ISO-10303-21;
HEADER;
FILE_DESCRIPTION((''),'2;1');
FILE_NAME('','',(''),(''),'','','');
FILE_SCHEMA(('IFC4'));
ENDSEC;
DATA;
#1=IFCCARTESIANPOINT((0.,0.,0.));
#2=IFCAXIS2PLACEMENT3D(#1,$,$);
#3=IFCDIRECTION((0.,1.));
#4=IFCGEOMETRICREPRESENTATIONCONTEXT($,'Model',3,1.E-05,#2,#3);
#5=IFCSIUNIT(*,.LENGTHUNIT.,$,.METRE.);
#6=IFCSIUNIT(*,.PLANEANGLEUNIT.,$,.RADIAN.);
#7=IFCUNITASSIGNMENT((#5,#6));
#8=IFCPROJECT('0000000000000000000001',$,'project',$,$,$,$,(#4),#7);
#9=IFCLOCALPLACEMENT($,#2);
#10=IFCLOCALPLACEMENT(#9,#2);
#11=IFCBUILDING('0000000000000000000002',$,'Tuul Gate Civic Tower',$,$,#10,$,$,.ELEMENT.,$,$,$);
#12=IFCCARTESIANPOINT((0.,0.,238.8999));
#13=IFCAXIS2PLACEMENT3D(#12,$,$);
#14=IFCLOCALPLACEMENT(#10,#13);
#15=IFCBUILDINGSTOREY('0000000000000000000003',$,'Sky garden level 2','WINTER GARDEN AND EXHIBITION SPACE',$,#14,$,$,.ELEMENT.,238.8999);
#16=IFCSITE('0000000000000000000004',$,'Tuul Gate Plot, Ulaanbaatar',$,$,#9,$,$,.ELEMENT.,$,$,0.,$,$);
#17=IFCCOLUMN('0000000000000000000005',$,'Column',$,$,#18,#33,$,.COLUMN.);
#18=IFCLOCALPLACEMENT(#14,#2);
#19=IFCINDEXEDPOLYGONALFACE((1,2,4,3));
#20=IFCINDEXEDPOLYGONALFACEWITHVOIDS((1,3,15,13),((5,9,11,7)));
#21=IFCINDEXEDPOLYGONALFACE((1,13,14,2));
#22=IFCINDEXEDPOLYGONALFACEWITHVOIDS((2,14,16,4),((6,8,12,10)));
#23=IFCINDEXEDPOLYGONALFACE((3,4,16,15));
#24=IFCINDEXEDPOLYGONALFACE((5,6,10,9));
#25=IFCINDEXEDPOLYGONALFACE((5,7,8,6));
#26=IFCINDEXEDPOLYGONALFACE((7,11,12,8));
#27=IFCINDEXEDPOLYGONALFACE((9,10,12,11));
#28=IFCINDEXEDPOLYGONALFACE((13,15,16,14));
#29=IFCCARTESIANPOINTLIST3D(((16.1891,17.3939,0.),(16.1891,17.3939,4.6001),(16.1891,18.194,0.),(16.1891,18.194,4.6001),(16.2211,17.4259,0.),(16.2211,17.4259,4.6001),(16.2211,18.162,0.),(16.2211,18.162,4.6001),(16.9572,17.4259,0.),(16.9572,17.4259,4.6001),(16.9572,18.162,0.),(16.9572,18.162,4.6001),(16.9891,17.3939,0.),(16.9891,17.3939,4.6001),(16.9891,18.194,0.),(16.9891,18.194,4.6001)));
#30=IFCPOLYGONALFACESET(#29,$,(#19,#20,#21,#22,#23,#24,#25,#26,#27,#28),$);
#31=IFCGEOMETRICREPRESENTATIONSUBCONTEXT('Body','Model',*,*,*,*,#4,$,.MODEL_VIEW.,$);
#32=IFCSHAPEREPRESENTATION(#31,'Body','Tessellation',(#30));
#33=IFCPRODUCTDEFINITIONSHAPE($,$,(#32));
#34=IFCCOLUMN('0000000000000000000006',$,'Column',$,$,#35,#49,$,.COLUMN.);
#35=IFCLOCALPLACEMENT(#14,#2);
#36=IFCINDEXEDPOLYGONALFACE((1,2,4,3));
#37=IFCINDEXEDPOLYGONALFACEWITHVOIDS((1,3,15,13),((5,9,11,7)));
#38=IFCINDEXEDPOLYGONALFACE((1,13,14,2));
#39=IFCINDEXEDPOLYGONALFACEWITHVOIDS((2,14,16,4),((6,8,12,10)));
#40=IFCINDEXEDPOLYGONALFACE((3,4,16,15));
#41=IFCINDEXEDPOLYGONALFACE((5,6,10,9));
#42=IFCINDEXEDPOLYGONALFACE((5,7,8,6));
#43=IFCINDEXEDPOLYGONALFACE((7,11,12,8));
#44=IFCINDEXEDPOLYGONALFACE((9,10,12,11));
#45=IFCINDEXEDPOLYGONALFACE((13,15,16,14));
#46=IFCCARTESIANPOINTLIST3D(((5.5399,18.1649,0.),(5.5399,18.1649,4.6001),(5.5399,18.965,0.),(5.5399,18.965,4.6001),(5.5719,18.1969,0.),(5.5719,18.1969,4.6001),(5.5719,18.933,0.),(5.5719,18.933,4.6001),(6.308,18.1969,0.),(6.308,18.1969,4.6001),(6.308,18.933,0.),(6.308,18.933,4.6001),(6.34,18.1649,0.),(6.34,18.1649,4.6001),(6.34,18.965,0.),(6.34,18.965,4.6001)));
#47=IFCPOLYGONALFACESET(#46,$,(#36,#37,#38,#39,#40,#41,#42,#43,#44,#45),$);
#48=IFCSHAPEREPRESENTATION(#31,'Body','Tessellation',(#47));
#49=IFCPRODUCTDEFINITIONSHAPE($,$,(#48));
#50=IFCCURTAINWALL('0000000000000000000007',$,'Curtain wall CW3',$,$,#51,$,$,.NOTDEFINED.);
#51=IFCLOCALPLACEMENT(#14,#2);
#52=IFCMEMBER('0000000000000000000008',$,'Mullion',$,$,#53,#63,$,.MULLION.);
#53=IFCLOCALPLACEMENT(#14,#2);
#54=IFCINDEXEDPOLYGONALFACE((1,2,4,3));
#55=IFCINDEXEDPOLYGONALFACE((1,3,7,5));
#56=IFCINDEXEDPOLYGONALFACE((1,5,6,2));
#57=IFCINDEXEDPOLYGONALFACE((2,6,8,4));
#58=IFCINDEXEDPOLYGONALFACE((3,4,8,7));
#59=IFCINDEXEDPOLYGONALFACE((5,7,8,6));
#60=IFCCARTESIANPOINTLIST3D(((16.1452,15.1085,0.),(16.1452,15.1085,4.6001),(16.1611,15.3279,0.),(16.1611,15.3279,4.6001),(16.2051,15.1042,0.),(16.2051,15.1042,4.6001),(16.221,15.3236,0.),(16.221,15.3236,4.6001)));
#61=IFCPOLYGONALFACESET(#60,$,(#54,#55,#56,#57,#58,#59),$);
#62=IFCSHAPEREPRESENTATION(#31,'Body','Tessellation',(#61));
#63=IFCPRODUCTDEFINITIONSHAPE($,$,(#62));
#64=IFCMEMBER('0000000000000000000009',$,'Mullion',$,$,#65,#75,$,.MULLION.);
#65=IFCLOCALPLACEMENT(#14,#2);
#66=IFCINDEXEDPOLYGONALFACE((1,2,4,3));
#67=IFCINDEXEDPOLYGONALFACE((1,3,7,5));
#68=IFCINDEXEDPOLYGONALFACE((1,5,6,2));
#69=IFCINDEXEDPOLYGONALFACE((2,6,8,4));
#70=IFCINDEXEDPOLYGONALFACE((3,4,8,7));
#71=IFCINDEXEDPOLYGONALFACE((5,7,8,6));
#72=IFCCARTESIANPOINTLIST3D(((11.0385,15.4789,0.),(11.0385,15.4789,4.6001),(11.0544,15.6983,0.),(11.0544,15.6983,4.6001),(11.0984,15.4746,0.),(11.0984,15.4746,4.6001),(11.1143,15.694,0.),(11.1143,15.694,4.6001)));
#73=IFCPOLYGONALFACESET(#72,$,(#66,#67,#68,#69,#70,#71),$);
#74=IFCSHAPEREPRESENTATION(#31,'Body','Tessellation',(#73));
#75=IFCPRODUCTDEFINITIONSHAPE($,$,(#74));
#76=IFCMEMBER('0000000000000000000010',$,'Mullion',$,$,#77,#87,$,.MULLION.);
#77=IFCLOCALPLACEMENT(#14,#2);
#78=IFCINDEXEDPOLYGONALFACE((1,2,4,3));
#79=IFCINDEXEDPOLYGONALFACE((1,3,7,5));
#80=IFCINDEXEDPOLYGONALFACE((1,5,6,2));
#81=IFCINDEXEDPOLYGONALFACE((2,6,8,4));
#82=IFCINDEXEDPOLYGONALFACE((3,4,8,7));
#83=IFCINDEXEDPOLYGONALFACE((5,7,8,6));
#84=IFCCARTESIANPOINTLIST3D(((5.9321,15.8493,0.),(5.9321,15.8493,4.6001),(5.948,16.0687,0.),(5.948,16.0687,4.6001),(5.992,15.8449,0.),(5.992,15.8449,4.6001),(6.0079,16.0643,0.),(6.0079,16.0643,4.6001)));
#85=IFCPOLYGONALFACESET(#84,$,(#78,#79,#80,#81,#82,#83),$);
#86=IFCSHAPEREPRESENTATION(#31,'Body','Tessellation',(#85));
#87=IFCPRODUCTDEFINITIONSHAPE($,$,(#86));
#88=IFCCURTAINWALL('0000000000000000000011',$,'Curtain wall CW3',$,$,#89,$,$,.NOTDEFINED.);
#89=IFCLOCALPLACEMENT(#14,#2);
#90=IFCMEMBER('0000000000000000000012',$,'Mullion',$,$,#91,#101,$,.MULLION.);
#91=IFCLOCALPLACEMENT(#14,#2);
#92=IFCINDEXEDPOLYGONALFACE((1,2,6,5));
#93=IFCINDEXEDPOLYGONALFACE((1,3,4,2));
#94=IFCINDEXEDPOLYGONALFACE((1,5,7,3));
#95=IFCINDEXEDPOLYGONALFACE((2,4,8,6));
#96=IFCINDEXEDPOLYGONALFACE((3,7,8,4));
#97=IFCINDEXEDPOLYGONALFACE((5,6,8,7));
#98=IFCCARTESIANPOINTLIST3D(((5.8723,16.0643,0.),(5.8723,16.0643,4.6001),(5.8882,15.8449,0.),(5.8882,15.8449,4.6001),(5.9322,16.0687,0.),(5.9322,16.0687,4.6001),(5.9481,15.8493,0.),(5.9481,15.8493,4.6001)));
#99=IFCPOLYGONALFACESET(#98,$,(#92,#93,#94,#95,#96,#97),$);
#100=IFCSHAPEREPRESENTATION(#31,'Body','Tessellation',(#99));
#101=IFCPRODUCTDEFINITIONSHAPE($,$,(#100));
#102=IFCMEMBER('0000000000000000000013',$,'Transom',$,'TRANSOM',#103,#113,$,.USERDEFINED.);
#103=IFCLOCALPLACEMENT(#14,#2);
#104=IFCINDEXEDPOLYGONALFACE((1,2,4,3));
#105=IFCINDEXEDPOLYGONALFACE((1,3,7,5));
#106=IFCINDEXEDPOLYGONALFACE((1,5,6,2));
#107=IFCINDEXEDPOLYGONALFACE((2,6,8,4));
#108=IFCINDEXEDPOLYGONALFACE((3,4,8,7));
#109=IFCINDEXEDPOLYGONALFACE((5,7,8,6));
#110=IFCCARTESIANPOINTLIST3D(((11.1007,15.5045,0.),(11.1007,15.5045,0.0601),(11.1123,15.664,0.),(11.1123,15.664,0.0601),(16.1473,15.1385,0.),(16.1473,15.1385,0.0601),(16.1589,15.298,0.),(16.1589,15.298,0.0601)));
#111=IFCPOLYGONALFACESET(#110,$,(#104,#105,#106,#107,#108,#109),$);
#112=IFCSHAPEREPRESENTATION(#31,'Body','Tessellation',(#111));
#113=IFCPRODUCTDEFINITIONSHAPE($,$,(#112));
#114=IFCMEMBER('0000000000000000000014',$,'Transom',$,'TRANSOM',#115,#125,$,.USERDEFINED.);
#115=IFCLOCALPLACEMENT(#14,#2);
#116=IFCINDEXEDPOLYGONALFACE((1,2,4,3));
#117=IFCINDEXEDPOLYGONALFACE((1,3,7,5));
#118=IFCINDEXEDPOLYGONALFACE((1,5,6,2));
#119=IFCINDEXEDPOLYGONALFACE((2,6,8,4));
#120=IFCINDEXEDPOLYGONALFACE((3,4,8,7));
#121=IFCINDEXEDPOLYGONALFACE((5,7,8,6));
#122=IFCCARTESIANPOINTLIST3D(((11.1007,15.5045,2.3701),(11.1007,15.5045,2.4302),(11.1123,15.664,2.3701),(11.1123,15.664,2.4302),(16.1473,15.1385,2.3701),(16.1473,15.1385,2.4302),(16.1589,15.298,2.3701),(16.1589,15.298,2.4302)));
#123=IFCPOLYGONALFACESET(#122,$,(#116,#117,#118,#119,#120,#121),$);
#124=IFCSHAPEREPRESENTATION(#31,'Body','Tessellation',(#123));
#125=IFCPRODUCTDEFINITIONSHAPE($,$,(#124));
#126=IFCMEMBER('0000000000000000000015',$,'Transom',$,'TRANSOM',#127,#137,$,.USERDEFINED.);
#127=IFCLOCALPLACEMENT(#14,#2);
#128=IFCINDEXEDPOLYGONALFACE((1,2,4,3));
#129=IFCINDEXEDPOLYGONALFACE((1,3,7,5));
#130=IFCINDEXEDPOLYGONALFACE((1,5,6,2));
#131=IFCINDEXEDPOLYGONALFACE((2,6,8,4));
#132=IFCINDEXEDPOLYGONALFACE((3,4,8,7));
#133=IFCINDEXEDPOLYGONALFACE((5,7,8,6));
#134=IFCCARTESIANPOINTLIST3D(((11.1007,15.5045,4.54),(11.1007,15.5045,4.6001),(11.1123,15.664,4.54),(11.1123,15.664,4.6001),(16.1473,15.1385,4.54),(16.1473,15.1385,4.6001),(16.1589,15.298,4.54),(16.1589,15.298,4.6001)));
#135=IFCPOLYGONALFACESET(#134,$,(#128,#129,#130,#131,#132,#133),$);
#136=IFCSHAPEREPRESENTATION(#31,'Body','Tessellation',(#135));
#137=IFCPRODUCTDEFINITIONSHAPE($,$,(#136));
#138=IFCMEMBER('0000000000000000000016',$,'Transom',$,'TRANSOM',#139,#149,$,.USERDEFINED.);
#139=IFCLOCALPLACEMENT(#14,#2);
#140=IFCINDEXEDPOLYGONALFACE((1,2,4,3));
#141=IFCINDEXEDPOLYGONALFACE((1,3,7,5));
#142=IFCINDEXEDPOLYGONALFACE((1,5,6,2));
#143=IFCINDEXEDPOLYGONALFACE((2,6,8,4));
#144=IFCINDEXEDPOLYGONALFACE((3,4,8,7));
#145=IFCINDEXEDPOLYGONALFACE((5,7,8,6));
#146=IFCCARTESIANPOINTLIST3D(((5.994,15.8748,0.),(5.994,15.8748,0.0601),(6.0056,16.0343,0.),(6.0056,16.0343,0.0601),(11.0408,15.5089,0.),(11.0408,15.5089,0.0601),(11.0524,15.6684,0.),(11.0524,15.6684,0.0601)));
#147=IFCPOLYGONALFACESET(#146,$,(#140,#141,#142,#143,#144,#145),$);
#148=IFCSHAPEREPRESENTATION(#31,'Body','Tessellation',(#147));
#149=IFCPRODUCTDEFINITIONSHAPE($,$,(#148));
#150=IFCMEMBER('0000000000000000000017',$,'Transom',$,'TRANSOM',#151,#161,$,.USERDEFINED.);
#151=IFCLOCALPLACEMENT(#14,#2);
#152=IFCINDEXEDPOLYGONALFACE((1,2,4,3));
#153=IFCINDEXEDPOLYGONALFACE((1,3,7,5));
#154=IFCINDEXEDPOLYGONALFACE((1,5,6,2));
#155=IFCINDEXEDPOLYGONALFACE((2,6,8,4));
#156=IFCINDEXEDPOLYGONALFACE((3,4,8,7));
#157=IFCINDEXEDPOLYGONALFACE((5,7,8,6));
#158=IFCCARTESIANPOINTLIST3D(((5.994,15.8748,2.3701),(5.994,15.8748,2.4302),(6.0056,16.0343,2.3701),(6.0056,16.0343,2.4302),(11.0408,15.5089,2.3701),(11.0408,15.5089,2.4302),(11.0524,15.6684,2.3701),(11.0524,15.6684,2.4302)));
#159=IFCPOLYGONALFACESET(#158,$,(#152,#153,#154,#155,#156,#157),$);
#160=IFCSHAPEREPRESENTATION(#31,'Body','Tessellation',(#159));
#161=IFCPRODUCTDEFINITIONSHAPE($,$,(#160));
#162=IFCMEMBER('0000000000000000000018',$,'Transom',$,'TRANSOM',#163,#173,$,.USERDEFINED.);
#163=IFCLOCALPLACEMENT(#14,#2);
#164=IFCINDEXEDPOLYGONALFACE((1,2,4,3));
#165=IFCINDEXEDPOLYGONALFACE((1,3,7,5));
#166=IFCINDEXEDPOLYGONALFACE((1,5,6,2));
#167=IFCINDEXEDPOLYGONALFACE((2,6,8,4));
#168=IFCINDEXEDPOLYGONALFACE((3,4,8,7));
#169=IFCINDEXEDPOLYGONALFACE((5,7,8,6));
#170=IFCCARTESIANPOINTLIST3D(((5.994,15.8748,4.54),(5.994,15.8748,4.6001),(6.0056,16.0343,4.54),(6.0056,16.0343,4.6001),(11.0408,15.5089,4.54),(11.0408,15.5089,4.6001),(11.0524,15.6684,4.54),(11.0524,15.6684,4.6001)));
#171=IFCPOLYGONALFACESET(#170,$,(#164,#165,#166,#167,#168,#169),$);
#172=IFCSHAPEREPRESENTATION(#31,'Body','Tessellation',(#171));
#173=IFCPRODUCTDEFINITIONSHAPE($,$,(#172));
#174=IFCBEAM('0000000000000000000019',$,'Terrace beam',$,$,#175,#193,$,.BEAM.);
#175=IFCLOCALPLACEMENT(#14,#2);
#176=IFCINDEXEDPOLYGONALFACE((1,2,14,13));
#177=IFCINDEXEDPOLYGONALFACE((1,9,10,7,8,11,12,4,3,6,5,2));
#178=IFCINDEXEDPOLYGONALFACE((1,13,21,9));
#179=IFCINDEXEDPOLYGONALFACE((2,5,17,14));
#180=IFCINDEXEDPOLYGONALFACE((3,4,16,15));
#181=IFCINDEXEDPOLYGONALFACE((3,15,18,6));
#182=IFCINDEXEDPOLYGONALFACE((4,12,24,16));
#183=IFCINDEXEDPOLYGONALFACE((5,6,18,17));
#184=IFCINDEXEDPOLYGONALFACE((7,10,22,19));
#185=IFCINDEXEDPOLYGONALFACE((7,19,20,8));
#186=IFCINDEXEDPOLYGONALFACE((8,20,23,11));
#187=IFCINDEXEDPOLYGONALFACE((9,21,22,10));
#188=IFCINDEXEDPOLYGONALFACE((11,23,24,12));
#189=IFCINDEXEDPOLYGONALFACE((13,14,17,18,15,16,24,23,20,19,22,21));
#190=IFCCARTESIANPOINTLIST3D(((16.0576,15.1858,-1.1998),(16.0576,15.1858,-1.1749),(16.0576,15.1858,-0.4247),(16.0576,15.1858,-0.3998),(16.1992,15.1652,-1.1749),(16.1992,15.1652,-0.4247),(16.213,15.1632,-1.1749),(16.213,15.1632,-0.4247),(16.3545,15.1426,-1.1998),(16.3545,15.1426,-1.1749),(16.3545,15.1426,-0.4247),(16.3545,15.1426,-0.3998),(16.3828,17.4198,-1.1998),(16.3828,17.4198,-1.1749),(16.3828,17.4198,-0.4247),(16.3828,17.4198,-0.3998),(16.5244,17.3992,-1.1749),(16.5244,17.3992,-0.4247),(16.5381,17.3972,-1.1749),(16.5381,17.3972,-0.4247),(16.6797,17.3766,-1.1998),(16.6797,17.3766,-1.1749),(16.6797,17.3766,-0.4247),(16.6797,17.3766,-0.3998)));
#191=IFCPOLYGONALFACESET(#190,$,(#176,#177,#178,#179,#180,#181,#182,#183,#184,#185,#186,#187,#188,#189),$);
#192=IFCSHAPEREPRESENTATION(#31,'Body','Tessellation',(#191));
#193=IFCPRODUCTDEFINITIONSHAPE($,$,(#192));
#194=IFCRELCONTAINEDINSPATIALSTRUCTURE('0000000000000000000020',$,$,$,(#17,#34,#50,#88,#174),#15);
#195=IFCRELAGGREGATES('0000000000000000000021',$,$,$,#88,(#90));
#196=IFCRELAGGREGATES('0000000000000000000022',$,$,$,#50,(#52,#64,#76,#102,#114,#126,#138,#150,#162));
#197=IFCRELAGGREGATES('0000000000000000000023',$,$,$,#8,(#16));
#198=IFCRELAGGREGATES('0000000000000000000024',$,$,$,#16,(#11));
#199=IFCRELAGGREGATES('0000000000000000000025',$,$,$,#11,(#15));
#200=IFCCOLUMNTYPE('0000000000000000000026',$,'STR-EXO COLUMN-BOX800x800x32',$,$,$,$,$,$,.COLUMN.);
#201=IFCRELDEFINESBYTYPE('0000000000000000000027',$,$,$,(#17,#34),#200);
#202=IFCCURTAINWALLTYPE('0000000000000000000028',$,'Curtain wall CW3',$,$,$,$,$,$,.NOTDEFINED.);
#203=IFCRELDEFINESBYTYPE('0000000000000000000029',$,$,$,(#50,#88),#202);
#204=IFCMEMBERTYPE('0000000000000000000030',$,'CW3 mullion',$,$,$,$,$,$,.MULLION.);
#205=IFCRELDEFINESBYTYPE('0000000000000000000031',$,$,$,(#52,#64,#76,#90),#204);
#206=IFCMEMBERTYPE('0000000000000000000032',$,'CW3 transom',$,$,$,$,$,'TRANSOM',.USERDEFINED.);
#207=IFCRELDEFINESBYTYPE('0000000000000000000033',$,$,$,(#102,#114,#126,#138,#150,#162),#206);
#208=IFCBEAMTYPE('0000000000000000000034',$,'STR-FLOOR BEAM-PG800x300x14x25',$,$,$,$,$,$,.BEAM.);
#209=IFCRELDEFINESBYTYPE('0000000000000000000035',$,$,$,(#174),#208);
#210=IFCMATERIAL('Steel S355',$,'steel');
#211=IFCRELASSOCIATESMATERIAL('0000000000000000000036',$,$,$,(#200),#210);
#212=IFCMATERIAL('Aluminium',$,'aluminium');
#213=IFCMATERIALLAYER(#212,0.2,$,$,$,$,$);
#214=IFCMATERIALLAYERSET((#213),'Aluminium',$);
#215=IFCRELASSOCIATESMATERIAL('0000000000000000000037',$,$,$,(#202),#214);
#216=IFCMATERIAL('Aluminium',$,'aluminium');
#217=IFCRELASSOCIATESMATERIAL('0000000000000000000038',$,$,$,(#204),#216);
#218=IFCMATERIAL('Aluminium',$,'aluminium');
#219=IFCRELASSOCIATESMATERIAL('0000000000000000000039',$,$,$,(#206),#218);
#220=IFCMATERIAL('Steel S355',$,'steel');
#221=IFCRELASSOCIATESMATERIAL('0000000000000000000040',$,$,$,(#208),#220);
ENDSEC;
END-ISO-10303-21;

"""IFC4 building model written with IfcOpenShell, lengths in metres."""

from ifc_helpers import new_model, si_unit, direction, frame, origin, origin_2d, place, context, subcontext, project, spatial, rectangle, hollow_rectangle, i_section, extrude, material, layer, layer_set, material_profile, profile_set, type_object, element, aggregate, save


model = new_model("IFC4")

# Units and contexts
model_context = context("Model", 3, precision=1e-05, world=origin(), true_north=direction((0.0, 1.0)))
body_context = subcontext(model_context, "Body", "Model", "MODEL_VIEW")
ifc_project = project(units=[si_unit("LENGTHUNIT", "METRE"), si_unit("PLANEANGLEUNIT", "RADIAN")], contexts=[model_context])

# Site, building, storey
site_placement = place(None, origin())
site = spatial("IfcSite", under=ifc_project, at=site_placement, Name="Tuul Gate Plot, Ulaanbaatar", CompositionType="ELEMENT", RefElevation=0.0)
building_placement = place(site_placement, origin())
building = spatial("IfcBuilding", under=site, at=building_placement, Name="Tuul Gate Civic Tower", CompositionType="ELEMENT")
storey_placement = place(building_placement, frame((0.0, 0.0, 238.8999)))
storey = spatial("IfcBuildingStorey", under=building, at=storey_placement, Name="Sky garden level 2", Description="WINTER GARDEN AND EXHIBITION SPACE", CompositionType="ELEMENT", Elevation=238.8999)

# Columns
ifc_material_1 = material(Name="Steel S355", Category="steel")
ifc_material_profile_1 = material_profile(ifc_material_1, hollow_rectangle(XDim=0.8, YDim=0.8, WallThickness=0.032, at=origin_2d()), Name="BOX800x800x32")
ifc_profile_set_1 = profile_set([ifc_material_profile_1], Name="Steel S355")
column_type = type_object("IfcColumnType", Name="STR-EXO COLUMN-BOX800x800x32", PredefinedType="COLUMN", material=ifc_profile_set_1)
for number, where, z_axis, x_axis, name in (
    (1, (16.5891, 17.7939, 0.0), (0.0, 0.0, 1.0), (1.0, 0.0, 0.0), "Column"),
    (2, (5.9399, 18.5649, 0.0), (0.0, 0.0, 1.0), (1.0, 0.0, 0.0), "Column"),
):
    element("IfcColumn", number, at=place(storey_placement, frame(where, z_axis=z_axis, x_axis=x_axis)), inside=storey, type_object=column_type, Name=name, PredefinedType="COLUMN", context=body_context, shape_type="SweptSolid", body=[
        extrude(hollow_rectangle(XDim=0.8, YDim=0.8, WallThickness=0.032, at=origin_2d()), origin(), (0.0, 0.0, 1.0), 4.6001),
    ])

# Curtain wall, members
ifc_material_2 = material(Name="Aluminium", Category="aluminium")
ifc_layer_1 = layer(ifc_material_2, 0.2)
ifc_layer_set_1 = layer_set([ifc_layer_1], Name="Aluminium")
curtain_wall_type = type_object("IfcCurtainWallType", Name="Curtain wall CW3", PredefinedType="NOTDEFINED", material=ifc_layer_set_1)
curtain_wall_1_placement = place(storey_placement, origin())
curtain_wall_1 = element("IfcCurtainWall", 3, at=curtain_wall_1_placement, inside=storey, type_object=curtain_wall_type, Name="Curtain wall CW3", PredefinedType="NOTDEFINED")
ifc_material_3 = material(Name="Aluminium", Category="aluminium")
ifc_material_profile_2 = material_profile(ifc_material_3, rectangle(XDim=0.22, YDim=0.0601, at=origin_2d()), Name="CW3 mullion")
ifc_profile_set_2 = profile_set([ifc_material_profile_2], Name="Aluminium")
member_type_1 = type_object("IfcMemberType", Name="CW3 mullion", PredefinedType="MULLION", material=ifc_profile_set_2)
member_1_placement = place(storey_placement, frame((16.1831, 15.2161, 0.0), z_axis=(0.0, 0.0, 1.0), x_axis=(-0.07233, -0.997381, 0.0)))
member_1 = element("IfcMember", 4, at=member_1_placement, type_object=member_type_1, Name="Mullion", PredefinedType="MULLION", context=body_context, shape_type="SweptSolid", body=[
    extrude(rectangle(XDim=0.22, YDim=0.0601, at=origin_2d()), origin(), (0.0, 0.0, 1.0), 4.6001),
])
member_2_placement = place(storey_placement, frame((11.0764, 15.5864, 0.0), z_axis=(0.0, 0.0, 1.0), x_axis=(-0.07233, -0.997381, 0.0)))
member_2 = element("IfcMember", 5, at=member_2_placement, type_object=member_type_1, Name="Mullion", PredefinedType="MULLION", context=body_context, shape_type="SweptSolid", body=[
    extrude(rectangle(XDim=0.22, YDim=0.0601, at=origin_2d()), origin(), (0.0, 0.0, 1.0), 4.6001),
])
member_3_placement = place(storey_placement, frame((5.97, 15.9568, 0.0), z_axis=(0.0, 0.0, 1.0), x_axis=(-0.07233, -0.997381, 0.0)))
member_3 = element("IfcMember", 6, at=member_3_placement, type_object=member_type_1, Name="Mullion", PredefinedType="MULLION", context=body_context, shape_type="SweptSolid", body=[
    extrude(rectangle(XDim=0.22, YDim=0.0601, at=origin_2d()), origin(), (0.0, 0.0, 1.0), 4.6001),
])

# Curtain wall, member
curtain_wall_2_placement = place(storey_placement, origin())
curtain_wall_2 = element("IfcCurtainWall", 7, at=curtain_wall_2_placement, inside=storey, type_object=curtain_wall_type, Name="Curtain wall CW3", PredefinedType="NOTDEFINED")
member_4_placement = place(storey_placement, frame((5.9102, 15.9568, 0.0), z_axis=(0.0, 0.0, 1.0), x_axis=(0.072323, -0.997381, 0.0)))
member_4 = element("IfcMember", 8, at=member_4_placement, type_object=member_type_1, Name="Mullion", PredefinedType="MULLION", context=body_context, shape_type="SweptSolid", body=[
    extrude(rectangle(XDim=0.22, YDim=0.0601, at=origin_2d()), origin(), (0.0, 0.0, 1.0), 4.6001),
])
aggregate(curtain_wall_2, [member_4])

# Members
ifc_material_4 = material(Name="Aluminium", Category="aluminium")
ifc_material_profile_3 = material_profile(ifc_material_4, rectangle(XDim=0.1599, YDim=0.0601, at=origin_2d()), Name="CW3 transom")
ifc_profile_set_3 = profile_set([ifc_material_profile_3], Name="Aluminium")
member_type_2 = type_object("IfcMemberType", Name="CW3 transom", ElementType="TRANSOM", PredefinedType="USERDEFINED", material=ifc_profile_set_3)
member_5_placement = place(storey_placement, frame((16.1531, 15.2183, 0.03), z_axis=(-0.997381, 0.072327, 0.0), x_axis=(-0.072327, -0.997381, 0.0)))
member_5 = element("IfcMember", 9, at=member_5_placement, type_object=member_type_2, Name="Transom", ObjectType="TRANSOM", PredefinedType="USERDEFINED", context=body_context, shape_type="SweptSolid", body=[
    extrude(rectangle(XDim=0.1599, YDim=0.0601, at=origin_2d()), origin(), (0.0, 0.0, 1.0), 5.0598),
])
member_6_placement = place(storey_placement, frame((16.1531, 15.2183, 2.4001), z_axis=(-0.997381, 0.072327, 0.0), x_axis=(-0.072327, -0.997381, 0.0)))
member_6 = element("IfcMember", 10, at=member_6_placement, type_object=member_type_2, Name="Transom", ObjectType="TRANSOM", PredefinedType="USERDEFINED", context=body_context, shape_type="SweptSolid", body=[
    extrude(rectangle(XDim=0.1599, YDim=0.0601, at=origin_2d()), origin(), (0.0, 0.0, 1.0), 5.0598),
])
member_7_placement = place(storey_placement, frame((16.1531, 15.2183, 4.5701), z_axis=(-0.997381, 0.072327, 0.0), x_axis=(-0.072327, -0.997381, 0.0)))
member_7 = element("IfcMember", 11, at=member_7_placement, type_object=member_type_2, Name="Transom", ObjectType="TRANSOM", PredefinedType="USERDEFINED", context=body_context, shape_type="SweptSolid", body=[
    extrude(rectangle(XDim=0.1599, YDim=0.0601, at=origin_2d()), origin(), (0.0, 0.0, 1.0), 5.0598),
])
member_8_placement = place(storey_placement, frame((11.0466, 15.5886, 0.03), z_axis=(-0.997381, 0.072324, 0.0), x_axis=(-0.072324, -0.997381, 0.0)))
member_8 = element("IfcMember", 12, at=member_8_placement, type_object=member_type_2, Name="Transom", ObjectType="TRANSOM", PredefinedType="USERDEFINED", context=body_context, shape_type="SweptSolid", body=[
    extrude(rectangle(XDim=0.1599, YDim=0.0601, at=origin_2d()), origin(), (0.0, 0.0, 1.0), 5.0601),
])
member_9_placement = place(storey_placement, frame((11.0466, 15.5886, 2.4001), z_axis=(-0.997381, 0.072324, 0.0), x_axis=(-0.072324, -0.997381, 0.0)))
member_9 = element("IfcMember", 13, at=member_9_placement, type_object=member_type_2, Name="Transom", ObjectType="TRANSOM", PredefinedType="USERDEFINED", context=body_context, shape_type="SweptSolid", body=[
    extrude(rectangle(XDim=0.1599, YDim=0.0601, at=origin_2d()), origin(), (0.0, 0.0, 1.0), 5.0601),
])
member_10_placement = place(storey_placement, frame((11.0466, 15.5886, 4.5701), z_axis=(-0.997381, 0.072324, 0.0), x_axis=(-0.072324, -0.997381, 0.0)))
member_10 = element("IfcMember", 14, at=member_10_placement, type_object=member_type_2, Name="Transom", ObjectType="TRANSOM", PredefinedType="USERDEFINED", context=body_context, shape_type="SweptSolid", body=[
    extrude(rectangle(XDim=0.1599, YDim=0.0601, at=origin_2d()), origin(), (0.0, 0.0, 1.0), 5.0601),
])

# Beam
ifc_material_5 = material(Name="Steel S355", Category="steel")
ifc_material_profile_4 = material_profile(ifc_material_5, i_section(OverallWidth=0.3, OverallDepth=0.8, WebThickness=0.0139, FlangeThickness=0.0249, at=origin_2d()), Name="PG800x300x14x25")
ifc_profile_set_4 = profile_set([ifc_material_profile_4], Name="Steel S355")
beam_type_1 = type_object("IfcBeamType", Name="STR-FLOOR BEAM-PG800x300x14x25", PredefinedType="BEAM", material=ifc_profile_set_4)
beam_1_placement = place(storey_placement, frame((16.5312, 17.3982, -0.7998), z_axis=(-0.14404, -0.989572, 0.0), x_axis=(0.989572, -0.14404, 0.0)))
element("IfcBeam", 15, at=beam_1_placement, inside=storey, type_object=beam_type_1, Name="Terrace beam", PredefinedType="BEAM", context=body_context, shape_type="SweptSolid", body=[
    extrude(i_section(OverallWidth=0.3, OverallDepth=0.8, WebThickness=0.0139, FlangeThickness=0.0249, at=origin_2d()), origin(), (0.0, 0.0, 1.0), 2.2576),
])

aggregate(curtain_wall_1, [member_1, member_2, member_3, member_5, member_6, member_7, member_8, member_9, member_10])

save(model, "model.ifc")
